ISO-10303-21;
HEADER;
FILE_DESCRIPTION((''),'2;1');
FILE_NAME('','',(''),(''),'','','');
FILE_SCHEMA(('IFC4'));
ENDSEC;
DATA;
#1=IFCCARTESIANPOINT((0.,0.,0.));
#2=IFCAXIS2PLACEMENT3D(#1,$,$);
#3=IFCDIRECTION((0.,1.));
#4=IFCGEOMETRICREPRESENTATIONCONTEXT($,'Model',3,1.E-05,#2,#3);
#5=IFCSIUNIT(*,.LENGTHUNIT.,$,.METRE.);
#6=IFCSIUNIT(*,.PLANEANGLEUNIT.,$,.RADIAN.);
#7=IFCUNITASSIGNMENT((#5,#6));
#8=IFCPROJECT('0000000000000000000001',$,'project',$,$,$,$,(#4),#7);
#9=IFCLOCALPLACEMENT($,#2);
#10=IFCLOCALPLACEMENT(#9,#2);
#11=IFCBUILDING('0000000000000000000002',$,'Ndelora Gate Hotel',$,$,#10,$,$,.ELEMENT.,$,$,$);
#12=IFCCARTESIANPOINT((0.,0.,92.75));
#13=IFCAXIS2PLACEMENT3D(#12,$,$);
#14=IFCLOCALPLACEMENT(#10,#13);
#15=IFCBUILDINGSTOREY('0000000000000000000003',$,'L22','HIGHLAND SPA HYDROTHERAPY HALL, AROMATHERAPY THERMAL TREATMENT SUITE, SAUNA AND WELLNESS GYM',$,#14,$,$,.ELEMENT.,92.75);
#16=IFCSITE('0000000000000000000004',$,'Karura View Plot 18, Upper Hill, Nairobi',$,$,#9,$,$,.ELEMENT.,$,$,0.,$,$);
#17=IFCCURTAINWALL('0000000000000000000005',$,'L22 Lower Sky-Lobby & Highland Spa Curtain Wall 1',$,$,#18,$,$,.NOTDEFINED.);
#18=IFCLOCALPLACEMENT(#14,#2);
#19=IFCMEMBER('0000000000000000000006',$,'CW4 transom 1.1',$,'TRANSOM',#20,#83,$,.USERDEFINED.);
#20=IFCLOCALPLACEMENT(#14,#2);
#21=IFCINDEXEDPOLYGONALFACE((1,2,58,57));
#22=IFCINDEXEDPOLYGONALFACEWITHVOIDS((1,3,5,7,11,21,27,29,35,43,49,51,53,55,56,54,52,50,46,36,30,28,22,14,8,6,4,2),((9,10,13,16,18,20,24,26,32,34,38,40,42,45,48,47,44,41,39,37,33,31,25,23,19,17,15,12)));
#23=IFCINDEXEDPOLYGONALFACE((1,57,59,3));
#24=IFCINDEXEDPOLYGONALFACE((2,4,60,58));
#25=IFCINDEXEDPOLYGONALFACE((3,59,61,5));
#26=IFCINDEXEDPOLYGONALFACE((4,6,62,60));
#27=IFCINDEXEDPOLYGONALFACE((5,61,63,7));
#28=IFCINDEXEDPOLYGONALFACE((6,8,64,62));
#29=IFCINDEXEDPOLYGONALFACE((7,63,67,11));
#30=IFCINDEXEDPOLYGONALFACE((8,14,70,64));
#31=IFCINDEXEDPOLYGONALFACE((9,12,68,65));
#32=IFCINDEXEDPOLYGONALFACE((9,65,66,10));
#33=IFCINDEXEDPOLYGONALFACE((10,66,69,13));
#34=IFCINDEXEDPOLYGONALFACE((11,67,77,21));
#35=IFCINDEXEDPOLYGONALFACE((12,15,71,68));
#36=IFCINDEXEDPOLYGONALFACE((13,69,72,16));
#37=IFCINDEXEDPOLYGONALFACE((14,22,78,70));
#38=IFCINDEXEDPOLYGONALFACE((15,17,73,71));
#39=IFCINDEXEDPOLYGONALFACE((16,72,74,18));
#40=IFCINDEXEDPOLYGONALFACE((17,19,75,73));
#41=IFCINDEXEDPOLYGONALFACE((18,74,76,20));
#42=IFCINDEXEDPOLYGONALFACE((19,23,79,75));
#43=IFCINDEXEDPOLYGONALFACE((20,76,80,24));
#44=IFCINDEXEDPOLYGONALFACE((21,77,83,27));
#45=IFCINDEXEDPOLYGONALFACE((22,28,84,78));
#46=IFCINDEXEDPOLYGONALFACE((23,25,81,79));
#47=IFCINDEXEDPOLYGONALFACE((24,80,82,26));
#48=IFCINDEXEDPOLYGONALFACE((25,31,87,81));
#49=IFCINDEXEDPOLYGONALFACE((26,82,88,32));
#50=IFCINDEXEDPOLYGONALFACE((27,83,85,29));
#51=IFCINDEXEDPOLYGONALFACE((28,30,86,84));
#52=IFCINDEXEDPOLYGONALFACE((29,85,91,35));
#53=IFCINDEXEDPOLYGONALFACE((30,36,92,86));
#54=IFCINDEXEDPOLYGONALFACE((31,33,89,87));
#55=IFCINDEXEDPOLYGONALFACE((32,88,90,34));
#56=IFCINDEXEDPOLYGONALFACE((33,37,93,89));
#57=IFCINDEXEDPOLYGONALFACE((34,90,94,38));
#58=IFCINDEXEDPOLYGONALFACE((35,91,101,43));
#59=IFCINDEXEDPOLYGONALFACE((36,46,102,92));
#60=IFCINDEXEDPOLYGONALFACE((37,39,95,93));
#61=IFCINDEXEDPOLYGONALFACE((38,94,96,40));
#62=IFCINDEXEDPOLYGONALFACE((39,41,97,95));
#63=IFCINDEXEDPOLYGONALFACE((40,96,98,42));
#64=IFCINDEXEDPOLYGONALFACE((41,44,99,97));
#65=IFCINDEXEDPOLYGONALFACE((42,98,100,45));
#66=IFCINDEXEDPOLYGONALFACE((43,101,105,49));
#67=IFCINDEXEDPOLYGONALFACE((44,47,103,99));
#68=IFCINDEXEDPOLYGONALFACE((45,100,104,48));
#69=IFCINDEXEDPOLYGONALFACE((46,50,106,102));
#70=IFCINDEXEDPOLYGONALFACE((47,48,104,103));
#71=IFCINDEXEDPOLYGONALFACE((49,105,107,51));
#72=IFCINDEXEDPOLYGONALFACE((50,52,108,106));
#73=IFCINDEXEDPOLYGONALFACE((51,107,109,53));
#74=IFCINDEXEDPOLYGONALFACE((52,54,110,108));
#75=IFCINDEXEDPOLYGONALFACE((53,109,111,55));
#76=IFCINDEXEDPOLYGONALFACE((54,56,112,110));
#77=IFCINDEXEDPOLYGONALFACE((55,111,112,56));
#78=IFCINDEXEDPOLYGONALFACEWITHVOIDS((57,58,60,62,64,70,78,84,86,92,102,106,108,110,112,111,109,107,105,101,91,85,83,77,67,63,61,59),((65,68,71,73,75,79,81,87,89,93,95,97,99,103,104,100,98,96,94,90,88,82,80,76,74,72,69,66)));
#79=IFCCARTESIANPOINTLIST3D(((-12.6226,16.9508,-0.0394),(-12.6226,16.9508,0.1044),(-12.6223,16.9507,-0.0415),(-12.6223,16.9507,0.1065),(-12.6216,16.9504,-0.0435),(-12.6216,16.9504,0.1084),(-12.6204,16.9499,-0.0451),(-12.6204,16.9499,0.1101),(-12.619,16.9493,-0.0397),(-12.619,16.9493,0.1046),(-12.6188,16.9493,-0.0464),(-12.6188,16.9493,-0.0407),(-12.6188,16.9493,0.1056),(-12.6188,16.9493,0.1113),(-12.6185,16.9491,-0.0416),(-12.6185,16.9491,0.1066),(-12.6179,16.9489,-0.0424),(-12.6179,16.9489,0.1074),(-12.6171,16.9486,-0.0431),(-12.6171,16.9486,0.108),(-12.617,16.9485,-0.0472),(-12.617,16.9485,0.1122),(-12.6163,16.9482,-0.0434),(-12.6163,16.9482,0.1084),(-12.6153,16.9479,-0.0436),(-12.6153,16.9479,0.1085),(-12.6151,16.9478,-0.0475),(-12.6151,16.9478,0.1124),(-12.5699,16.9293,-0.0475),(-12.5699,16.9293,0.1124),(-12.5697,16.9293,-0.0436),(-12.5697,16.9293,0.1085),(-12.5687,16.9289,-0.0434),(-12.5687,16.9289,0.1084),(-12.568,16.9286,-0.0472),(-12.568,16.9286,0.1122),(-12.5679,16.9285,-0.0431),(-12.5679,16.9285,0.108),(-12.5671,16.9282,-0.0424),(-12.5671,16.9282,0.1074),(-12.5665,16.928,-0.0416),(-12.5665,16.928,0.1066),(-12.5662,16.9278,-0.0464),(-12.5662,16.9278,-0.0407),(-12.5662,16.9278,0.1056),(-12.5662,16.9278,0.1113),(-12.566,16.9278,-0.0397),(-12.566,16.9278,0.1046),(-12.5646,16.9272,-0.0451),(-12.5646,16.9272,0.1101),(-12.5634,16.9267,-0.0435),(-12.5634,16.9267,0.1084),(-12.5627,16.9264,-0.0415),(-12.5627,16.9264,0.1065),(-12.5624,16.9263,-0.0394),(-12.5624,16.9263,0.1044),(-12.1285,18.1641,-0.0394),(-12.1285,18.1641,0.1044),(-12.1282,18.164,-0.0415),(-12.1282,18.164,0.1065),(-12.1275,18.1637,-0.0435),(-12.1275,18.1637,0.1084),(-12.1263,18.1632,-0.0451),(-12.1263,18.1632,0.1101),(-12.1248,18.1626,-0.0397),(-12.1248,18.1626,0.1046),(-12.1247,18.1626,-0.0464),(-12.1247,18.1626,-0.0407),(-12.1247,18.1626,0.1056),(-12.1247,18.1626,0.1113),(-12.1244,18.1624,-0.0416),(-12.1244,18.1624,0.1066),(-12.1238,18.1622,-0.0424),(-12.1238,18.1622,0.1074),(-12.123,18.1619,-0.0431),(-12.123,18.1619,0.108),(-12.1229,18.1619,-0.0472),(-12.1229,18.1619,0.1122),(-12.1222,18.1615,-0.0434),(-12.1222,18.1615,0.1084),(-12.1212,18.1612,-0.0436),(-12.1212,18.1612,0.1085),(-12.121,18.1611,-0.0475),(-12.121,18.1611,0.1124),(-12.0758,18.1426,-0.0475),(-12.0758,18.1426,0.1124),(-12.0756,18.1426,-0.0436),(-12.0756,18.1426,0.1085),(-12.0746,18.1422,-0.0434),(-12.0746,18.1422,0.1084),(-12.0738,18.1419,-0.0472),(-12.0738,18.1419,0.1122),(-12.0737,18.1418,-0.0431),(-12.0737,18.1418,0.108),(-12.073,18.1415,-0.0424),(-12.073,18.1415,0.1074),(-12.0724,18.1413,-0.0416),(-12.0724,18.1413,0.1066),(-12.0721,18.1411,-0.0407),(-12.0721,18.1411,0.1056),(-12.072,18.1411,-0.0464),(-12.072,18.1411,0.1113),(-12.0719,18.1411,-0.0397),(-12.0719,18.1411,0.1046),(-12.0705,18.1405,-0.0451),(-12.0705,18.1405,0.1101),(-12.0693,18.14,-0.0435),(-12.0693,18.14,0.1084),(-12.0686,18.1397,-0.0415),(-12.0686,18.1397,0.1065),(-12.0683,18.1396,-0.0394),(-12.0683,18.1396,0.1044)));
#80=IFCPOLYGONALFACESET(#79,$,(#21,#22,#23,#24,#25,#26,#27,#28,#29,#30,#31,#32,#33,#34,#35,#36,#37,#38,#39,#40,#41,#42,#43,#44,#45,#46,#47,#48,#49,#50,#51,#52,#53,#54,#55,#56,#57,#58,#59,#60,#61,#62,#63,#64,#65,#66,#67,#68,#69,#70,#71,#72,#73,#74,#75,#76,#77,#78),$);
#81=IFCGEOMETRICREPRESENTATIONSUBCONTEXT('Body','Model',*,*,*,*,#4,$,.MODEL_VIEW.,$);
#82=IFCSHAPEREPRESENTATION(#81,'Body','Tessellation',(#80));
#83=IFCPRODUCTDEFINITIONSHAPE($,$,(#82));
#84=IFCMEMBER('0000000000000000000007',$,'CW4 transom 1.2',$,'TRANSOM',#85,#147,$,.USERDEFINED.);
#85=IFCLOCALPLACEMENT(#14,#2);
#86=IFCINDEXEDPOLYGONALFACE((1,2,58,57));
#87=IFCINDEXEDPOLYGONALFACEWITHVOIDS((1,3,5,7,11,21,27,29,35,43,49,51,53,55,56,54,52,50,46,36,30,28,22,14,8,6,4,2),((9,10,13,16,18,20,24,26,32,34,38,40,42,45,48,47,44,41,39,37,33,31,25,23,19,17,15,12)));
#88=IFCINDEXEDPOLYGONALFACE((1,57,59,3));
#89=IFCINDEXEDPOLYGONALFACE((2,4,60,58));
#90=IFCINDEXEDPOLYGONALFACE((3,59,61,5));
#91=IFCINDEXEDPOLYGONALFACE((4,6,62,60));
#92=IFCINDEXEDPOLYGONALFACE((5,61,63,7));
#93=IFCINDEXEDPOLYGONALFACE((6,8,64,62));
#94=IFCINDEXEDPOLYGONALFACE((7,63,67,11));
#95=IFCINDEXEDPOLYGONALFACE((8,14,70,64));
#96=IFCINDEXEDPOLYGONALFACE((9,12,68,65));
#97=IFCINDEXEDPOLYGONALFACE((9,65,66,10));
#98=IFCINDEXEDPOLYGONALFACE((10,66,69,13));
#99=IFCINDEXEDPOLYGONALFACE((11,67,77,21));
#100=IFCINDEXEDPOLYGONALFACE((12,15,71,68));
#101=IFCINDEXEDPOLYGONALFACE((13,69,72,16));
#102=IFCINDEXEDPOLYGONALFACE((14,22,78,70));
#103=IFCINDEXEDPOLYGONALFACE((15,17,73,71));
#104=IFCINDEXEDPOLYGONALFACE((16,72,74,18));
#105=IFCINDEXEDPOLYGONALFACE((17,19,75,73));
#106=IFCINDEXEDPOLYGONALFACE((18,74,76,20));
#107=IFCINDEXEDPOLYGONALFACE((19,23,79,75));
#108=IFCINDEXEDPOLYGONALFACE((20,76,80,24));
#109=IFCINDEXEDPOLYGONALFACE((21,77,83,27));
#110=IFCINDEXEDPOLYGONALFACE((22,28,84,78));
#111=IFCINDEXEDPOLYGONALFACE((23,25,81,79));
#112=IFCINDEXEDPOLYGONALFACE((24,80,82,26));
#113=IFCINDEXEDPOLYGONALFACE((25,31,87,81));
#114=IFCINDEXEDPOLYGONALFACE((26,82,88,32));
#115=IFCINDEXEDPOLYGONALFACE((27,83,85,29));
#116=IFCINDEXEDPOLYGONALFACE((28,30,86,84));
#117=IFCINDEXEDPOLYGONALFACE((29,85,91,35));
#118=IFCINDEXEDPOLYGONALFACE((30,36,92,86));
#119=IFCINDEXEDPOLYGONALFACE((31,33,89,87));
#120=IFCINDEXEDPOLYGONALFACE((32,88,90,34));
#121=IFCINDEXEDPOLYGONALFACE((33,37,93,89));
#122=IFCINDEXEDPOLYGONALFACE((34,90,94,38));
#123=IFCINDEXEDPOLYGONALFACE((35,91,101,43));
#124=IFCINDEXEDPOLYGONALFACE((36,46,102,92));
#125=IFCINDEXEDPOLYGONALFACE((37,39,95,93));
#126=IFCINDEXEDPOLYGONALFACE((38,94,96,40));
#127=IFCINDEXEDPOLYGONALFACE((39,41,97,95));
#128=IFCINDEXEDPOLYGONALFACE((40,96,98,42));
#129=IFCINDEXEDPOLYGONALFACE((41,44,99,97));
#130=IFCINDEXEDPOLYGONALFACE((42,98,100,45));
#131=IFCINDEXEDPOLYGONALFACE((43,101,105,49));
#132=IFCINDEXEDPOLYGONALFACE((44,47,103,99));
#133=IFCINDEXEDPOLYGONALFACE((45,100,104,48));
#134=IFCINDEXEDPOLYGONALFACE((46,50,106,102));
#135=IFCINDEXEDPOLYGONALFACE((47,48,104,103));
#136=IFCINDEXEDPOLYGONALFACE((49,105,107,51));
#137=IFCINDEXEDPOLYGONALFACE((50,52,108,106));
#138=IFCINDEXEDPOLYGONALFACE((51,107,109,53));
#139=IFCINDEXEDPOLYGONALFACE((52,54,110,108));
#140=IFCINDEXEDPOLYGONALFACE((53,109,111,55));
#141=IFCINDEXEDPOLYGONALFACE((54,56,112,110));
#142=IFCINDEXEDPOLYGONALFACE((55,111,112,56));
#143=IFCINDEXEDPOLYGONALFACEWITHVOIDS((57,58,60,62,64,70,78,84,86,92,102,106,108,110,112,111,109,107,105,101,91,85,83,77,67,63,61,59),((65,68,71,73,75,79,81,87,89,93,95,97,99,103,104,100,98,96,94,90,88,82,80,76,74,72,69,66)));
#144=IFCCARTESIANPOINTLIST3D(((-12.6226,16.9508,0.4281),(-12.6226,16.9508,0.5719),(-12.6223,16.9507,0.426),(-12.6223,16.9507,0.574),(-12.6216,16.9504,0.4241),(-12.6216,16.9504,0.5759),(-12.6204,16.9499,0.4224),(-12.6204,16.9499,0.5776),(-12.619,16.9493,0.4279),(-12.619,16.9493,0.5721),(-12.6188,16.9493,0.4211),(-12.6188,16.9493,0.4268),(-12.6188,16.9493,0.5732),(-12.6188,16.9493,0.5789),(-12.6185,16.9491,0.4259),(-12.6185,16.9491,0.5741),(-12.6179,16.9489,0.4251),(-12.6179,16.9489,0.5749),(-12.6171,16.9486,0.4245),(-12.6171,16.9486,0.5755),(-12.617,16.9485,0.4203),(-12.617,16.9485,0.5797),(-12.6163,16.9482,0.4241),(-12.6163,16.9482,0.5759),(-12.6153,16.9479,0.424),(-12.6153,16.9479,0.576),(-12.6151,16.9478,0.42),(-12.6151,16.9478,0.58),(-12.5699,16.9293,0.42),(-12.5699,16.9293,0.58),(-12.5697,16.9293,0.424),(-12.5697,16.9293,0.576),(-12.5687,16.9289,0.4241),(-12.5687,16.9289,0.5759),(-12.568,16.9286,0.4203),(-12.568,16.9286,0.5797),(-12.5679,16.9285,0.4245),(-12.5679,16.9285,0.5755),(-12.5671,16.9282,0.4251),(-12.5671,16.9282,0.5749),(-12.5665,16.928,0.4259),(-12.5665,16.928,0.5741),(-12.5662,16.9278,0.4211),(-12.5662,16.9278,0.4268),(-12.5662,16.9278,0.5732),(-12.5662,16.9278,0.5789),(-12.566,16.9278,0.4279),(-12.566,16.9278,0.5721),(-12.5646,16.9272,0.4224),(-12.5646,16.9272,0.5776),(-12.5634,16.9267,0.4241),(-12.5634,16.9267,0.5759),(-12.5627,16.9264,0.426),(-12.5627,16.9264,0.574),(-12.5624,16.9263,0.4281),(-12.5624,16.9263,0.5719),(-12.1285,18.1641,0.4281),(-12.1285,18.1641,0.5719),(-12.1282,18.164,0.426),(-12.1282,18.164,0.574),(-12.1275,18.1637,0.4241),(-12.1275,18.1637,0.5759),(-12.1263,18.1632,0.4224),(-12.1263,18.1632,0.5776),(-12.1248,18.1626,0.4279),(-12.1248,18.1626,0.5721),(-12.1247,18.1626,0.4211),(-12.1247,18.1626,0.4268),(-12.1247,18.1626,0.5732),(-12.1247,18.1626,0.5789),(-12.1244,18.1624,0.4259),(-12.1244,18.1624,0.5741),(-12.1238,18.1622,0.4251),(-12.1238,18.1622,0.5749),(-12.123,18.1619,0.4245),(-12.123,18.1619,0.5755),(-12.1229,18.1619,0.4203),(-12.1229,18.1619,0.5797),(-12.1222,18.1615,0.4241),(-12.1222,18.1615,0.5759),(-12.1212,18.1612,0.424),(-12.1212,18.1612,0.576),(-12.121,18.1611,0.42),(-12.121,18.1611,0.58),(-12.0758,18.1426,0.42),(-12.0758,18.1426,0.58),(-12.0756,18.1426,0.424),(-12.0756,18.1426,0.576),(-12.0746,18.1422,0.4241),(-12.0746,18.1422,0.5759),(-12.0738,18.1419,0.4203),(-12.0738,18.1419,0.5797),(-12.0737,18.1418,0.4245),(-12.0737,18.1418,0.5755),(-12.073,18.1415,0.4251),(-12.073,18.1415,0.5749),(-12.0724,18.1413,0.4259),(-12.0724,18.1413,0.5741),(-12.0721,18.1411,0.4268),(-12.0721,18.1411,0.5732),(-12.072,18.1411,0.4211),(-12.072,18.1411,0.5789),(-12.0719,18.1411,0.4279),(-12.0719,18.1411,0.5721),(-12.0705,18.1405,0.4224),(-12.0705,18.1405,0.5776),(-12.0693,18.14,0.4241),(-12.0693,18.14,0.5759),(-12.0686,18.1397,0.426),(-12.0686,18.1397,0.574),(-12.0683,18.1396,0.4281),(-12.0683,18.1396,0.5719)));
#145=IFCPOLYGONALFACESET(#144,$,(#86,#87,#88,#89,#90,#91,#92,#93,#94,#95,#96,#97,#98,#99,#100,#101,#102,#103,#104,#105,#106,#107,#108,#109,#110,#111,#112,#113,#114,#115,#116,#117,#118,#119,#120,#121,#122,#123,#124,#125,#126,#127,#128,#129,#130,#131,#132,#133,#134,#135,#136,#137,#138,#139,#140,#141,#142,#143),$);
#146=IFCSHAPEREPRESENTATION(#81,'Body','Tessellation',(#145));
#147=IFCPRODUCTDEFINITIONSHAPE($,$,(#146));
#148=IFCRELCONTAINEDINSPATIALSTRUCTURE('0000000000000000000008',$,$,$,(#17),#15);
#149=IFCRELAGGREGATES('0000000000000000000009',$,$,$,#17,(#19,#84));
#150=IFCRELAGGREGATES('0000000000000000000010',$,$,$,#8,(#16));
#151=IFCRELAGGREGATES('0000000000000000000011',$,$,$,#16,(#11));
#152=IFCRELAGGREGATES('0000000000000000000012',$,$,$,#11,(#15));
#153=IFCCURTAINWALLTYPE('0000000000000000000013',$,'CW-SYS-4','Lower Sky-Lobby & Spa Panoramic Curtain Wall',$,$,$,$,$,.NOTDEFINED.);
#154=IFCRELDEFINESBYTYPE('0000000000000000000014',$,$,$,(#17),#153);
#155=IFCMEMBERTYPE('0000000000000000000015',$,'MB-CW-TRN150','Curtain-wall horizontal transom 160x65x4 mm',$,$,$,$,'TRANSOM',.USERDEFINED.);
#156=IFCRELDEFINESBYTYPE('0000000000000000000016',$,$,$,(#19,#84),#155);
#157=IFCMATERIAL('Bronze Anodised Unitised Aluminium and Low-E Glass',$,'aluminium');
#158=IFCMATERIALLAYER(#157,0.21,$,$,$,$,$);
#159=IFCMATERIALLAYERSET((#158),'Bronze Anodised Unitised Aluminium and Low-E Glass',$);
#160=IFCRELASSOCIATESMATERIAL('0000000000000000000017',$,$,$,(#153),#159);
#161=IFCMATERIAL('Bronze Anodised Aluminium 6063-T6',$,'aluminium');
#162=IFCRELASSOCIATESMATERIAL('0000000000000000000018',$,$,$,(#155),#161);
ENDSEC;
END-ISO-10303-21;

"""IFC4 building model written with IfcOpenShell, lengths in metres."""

from ifc_helpers import new_model, si_unit, direction, frame, origin, origin_2d, place, context, subcontext, project, spatial, hollow_rectangle, extrude, material, layer, layer_set, material_profile, profile_set, type_object, element, aggregate, save


model = new_model("IFC4")

# Units and contexts
model_context = context("Model", 3, precision=1e-05, world=origin(), true_north=direction((0.0, 1.0)))
body_context = subcontext(model_context, "Body", "Model", "MODEL_VIEW")
ifc_project = project(units=[si_unit("LENGTHUNIT", "METRE"), si_unit("PLANEANGLEUNIT", "RADIAN")], contexts=[model_context])

# Site, building, storey
site_placement = place(None, origin())
site = spatial("IfcSite", under=ifc_project, at=site_placement, Name="Karura View Plot 18, Upper Hill, Nairobi", CompositionType="ELEMENT", RefElevation=0.0)
building_placement = place(site_placement, origin())
building = spatial("IfcBuilding", under=site, at=building_placement, Name="Ndelora Gate Hotel", CompositionType="ELEMENT")
storey_placement = place(building_placement, frame((0.0, 0.0, 92.75)))
storey = spatial("IfcBuildingStorey", under=building, at=storey_placement, Name="L22", Description="HIGHLAND SPA HYDROTHERAPY HALL, AROMATHERAPY THERMAL TREATMENT SUITE, SAUNA AND WELLNESS GYM", CompositionType="ELEMENT", Elevation=92.75)

# Curtain wall, members
ifc_material_1 = material(Name="Bronze Anodised Unitised Aluminium and Low-E Glass", Category="aluminium")
ifc_layer_1 = layer(ifc_material_1, 0.21)
ifc_layer_set_1 = layer_set([ifc_layer_1], Name="Bronze Anodised Unitised Aluminium and Low-E Glass")
curtain_wall_type = type_object("IfcCurtainWallType", Name="CW-SYS-4", Description="Lower Sky-Lobby & Spa Panoramic Curtain Wall", PredefinedType="NOTDEFINED", material=ifc_layer_set_1)
curtain_wall_placement = place(storey_placement, origin())
curtain_wall = element("IfcCurtainWall", 1, at=curtain_wall_placement, inside=storey, type_object=curtain_wall_type, Name="L22 Lower Sky-Lobby & Highland Spa Curtain Wall 1", PredefinedType="NOTDEFINED")
ifc_material_2 = material(Name="Bronze Anodised Aluminium 6063-T6", Category="aluminium")
ifc_material_profile_1 = material_profile(ifc_material_2, hollow_rectangle(XDim=0.0649, YDim=0.1599, WallThickness=0.0039, InnerFilletRadius=0.0039, OuterFilletRadius=0.0081, at=origin_2d()), Name="ALU 160x65x4")
ifc_profile_set_1 = profile_set([ifc_material_profile_1], Name="Bronze Anodised Aluminium 6063-T6")
member_type_1 = type_object("IfcMemberType", Name="MB-CW-TRN150", Description="Curtain-wall horizontal transom 160x65x4 mm", ElementType="TRANSOM", PredefinedType="USERDEFINED", material=ifc_profile_set_1)
member_1_placement = place(storey_placement, frame((-12.0984, 18.1519, 0.0325), z_axis=(-0.377167, -0.926145, 0.0), x_axis=(0.926145, -0.377167, 0.0)))
member_1 = element("IfcMember", 2, at=member_1_placement, type_object=member_type_1, Name="CW4 transom 1.1", ObjectType="TRANSOM", PredefinedType="USERDEFINED", context=body_context, shape_type="SweptSolid", body=[
    extrude(hollow_rectangle(XDim=0.0649, YDim=0.1599, WallThickness=0.0039, InnerFilletRadius=0.0039, OuterFilletRadius=0.0081, at=origin_2d()), origin(), (0.0, 0.0, 1.0), 1.3101),
])
member_2_placement = place(storey_placement, frame((-12.0984, 18.1519, 0.5), z_axis=(-0.377167, -0.926145, 0.0), x_axis=(0.926145, -0.377167, 0.0)))
member_2 = element("IfcMember", 3, at=member_2_placement, type_object=member_type_1, Name="CW4 transom 1.2", ObjectType="TRANSOM", PredefinedType="USERDEFINED", context=body_context, shape_type="SweptSolid", body=[
    extrude(hollow_rectangle(XDim=0.0649, YDim=0.1599, WallThickness=0.0039, InnerFilletRadius=0.0039, OuterFilletRadius=0.0081, at=origin_2d()), origin(), (0.0, 0.0, 1.0), 1.3101),
])
aggregate(curtain_wall, [member_1, member_2])

save(model, "model.ifc")
